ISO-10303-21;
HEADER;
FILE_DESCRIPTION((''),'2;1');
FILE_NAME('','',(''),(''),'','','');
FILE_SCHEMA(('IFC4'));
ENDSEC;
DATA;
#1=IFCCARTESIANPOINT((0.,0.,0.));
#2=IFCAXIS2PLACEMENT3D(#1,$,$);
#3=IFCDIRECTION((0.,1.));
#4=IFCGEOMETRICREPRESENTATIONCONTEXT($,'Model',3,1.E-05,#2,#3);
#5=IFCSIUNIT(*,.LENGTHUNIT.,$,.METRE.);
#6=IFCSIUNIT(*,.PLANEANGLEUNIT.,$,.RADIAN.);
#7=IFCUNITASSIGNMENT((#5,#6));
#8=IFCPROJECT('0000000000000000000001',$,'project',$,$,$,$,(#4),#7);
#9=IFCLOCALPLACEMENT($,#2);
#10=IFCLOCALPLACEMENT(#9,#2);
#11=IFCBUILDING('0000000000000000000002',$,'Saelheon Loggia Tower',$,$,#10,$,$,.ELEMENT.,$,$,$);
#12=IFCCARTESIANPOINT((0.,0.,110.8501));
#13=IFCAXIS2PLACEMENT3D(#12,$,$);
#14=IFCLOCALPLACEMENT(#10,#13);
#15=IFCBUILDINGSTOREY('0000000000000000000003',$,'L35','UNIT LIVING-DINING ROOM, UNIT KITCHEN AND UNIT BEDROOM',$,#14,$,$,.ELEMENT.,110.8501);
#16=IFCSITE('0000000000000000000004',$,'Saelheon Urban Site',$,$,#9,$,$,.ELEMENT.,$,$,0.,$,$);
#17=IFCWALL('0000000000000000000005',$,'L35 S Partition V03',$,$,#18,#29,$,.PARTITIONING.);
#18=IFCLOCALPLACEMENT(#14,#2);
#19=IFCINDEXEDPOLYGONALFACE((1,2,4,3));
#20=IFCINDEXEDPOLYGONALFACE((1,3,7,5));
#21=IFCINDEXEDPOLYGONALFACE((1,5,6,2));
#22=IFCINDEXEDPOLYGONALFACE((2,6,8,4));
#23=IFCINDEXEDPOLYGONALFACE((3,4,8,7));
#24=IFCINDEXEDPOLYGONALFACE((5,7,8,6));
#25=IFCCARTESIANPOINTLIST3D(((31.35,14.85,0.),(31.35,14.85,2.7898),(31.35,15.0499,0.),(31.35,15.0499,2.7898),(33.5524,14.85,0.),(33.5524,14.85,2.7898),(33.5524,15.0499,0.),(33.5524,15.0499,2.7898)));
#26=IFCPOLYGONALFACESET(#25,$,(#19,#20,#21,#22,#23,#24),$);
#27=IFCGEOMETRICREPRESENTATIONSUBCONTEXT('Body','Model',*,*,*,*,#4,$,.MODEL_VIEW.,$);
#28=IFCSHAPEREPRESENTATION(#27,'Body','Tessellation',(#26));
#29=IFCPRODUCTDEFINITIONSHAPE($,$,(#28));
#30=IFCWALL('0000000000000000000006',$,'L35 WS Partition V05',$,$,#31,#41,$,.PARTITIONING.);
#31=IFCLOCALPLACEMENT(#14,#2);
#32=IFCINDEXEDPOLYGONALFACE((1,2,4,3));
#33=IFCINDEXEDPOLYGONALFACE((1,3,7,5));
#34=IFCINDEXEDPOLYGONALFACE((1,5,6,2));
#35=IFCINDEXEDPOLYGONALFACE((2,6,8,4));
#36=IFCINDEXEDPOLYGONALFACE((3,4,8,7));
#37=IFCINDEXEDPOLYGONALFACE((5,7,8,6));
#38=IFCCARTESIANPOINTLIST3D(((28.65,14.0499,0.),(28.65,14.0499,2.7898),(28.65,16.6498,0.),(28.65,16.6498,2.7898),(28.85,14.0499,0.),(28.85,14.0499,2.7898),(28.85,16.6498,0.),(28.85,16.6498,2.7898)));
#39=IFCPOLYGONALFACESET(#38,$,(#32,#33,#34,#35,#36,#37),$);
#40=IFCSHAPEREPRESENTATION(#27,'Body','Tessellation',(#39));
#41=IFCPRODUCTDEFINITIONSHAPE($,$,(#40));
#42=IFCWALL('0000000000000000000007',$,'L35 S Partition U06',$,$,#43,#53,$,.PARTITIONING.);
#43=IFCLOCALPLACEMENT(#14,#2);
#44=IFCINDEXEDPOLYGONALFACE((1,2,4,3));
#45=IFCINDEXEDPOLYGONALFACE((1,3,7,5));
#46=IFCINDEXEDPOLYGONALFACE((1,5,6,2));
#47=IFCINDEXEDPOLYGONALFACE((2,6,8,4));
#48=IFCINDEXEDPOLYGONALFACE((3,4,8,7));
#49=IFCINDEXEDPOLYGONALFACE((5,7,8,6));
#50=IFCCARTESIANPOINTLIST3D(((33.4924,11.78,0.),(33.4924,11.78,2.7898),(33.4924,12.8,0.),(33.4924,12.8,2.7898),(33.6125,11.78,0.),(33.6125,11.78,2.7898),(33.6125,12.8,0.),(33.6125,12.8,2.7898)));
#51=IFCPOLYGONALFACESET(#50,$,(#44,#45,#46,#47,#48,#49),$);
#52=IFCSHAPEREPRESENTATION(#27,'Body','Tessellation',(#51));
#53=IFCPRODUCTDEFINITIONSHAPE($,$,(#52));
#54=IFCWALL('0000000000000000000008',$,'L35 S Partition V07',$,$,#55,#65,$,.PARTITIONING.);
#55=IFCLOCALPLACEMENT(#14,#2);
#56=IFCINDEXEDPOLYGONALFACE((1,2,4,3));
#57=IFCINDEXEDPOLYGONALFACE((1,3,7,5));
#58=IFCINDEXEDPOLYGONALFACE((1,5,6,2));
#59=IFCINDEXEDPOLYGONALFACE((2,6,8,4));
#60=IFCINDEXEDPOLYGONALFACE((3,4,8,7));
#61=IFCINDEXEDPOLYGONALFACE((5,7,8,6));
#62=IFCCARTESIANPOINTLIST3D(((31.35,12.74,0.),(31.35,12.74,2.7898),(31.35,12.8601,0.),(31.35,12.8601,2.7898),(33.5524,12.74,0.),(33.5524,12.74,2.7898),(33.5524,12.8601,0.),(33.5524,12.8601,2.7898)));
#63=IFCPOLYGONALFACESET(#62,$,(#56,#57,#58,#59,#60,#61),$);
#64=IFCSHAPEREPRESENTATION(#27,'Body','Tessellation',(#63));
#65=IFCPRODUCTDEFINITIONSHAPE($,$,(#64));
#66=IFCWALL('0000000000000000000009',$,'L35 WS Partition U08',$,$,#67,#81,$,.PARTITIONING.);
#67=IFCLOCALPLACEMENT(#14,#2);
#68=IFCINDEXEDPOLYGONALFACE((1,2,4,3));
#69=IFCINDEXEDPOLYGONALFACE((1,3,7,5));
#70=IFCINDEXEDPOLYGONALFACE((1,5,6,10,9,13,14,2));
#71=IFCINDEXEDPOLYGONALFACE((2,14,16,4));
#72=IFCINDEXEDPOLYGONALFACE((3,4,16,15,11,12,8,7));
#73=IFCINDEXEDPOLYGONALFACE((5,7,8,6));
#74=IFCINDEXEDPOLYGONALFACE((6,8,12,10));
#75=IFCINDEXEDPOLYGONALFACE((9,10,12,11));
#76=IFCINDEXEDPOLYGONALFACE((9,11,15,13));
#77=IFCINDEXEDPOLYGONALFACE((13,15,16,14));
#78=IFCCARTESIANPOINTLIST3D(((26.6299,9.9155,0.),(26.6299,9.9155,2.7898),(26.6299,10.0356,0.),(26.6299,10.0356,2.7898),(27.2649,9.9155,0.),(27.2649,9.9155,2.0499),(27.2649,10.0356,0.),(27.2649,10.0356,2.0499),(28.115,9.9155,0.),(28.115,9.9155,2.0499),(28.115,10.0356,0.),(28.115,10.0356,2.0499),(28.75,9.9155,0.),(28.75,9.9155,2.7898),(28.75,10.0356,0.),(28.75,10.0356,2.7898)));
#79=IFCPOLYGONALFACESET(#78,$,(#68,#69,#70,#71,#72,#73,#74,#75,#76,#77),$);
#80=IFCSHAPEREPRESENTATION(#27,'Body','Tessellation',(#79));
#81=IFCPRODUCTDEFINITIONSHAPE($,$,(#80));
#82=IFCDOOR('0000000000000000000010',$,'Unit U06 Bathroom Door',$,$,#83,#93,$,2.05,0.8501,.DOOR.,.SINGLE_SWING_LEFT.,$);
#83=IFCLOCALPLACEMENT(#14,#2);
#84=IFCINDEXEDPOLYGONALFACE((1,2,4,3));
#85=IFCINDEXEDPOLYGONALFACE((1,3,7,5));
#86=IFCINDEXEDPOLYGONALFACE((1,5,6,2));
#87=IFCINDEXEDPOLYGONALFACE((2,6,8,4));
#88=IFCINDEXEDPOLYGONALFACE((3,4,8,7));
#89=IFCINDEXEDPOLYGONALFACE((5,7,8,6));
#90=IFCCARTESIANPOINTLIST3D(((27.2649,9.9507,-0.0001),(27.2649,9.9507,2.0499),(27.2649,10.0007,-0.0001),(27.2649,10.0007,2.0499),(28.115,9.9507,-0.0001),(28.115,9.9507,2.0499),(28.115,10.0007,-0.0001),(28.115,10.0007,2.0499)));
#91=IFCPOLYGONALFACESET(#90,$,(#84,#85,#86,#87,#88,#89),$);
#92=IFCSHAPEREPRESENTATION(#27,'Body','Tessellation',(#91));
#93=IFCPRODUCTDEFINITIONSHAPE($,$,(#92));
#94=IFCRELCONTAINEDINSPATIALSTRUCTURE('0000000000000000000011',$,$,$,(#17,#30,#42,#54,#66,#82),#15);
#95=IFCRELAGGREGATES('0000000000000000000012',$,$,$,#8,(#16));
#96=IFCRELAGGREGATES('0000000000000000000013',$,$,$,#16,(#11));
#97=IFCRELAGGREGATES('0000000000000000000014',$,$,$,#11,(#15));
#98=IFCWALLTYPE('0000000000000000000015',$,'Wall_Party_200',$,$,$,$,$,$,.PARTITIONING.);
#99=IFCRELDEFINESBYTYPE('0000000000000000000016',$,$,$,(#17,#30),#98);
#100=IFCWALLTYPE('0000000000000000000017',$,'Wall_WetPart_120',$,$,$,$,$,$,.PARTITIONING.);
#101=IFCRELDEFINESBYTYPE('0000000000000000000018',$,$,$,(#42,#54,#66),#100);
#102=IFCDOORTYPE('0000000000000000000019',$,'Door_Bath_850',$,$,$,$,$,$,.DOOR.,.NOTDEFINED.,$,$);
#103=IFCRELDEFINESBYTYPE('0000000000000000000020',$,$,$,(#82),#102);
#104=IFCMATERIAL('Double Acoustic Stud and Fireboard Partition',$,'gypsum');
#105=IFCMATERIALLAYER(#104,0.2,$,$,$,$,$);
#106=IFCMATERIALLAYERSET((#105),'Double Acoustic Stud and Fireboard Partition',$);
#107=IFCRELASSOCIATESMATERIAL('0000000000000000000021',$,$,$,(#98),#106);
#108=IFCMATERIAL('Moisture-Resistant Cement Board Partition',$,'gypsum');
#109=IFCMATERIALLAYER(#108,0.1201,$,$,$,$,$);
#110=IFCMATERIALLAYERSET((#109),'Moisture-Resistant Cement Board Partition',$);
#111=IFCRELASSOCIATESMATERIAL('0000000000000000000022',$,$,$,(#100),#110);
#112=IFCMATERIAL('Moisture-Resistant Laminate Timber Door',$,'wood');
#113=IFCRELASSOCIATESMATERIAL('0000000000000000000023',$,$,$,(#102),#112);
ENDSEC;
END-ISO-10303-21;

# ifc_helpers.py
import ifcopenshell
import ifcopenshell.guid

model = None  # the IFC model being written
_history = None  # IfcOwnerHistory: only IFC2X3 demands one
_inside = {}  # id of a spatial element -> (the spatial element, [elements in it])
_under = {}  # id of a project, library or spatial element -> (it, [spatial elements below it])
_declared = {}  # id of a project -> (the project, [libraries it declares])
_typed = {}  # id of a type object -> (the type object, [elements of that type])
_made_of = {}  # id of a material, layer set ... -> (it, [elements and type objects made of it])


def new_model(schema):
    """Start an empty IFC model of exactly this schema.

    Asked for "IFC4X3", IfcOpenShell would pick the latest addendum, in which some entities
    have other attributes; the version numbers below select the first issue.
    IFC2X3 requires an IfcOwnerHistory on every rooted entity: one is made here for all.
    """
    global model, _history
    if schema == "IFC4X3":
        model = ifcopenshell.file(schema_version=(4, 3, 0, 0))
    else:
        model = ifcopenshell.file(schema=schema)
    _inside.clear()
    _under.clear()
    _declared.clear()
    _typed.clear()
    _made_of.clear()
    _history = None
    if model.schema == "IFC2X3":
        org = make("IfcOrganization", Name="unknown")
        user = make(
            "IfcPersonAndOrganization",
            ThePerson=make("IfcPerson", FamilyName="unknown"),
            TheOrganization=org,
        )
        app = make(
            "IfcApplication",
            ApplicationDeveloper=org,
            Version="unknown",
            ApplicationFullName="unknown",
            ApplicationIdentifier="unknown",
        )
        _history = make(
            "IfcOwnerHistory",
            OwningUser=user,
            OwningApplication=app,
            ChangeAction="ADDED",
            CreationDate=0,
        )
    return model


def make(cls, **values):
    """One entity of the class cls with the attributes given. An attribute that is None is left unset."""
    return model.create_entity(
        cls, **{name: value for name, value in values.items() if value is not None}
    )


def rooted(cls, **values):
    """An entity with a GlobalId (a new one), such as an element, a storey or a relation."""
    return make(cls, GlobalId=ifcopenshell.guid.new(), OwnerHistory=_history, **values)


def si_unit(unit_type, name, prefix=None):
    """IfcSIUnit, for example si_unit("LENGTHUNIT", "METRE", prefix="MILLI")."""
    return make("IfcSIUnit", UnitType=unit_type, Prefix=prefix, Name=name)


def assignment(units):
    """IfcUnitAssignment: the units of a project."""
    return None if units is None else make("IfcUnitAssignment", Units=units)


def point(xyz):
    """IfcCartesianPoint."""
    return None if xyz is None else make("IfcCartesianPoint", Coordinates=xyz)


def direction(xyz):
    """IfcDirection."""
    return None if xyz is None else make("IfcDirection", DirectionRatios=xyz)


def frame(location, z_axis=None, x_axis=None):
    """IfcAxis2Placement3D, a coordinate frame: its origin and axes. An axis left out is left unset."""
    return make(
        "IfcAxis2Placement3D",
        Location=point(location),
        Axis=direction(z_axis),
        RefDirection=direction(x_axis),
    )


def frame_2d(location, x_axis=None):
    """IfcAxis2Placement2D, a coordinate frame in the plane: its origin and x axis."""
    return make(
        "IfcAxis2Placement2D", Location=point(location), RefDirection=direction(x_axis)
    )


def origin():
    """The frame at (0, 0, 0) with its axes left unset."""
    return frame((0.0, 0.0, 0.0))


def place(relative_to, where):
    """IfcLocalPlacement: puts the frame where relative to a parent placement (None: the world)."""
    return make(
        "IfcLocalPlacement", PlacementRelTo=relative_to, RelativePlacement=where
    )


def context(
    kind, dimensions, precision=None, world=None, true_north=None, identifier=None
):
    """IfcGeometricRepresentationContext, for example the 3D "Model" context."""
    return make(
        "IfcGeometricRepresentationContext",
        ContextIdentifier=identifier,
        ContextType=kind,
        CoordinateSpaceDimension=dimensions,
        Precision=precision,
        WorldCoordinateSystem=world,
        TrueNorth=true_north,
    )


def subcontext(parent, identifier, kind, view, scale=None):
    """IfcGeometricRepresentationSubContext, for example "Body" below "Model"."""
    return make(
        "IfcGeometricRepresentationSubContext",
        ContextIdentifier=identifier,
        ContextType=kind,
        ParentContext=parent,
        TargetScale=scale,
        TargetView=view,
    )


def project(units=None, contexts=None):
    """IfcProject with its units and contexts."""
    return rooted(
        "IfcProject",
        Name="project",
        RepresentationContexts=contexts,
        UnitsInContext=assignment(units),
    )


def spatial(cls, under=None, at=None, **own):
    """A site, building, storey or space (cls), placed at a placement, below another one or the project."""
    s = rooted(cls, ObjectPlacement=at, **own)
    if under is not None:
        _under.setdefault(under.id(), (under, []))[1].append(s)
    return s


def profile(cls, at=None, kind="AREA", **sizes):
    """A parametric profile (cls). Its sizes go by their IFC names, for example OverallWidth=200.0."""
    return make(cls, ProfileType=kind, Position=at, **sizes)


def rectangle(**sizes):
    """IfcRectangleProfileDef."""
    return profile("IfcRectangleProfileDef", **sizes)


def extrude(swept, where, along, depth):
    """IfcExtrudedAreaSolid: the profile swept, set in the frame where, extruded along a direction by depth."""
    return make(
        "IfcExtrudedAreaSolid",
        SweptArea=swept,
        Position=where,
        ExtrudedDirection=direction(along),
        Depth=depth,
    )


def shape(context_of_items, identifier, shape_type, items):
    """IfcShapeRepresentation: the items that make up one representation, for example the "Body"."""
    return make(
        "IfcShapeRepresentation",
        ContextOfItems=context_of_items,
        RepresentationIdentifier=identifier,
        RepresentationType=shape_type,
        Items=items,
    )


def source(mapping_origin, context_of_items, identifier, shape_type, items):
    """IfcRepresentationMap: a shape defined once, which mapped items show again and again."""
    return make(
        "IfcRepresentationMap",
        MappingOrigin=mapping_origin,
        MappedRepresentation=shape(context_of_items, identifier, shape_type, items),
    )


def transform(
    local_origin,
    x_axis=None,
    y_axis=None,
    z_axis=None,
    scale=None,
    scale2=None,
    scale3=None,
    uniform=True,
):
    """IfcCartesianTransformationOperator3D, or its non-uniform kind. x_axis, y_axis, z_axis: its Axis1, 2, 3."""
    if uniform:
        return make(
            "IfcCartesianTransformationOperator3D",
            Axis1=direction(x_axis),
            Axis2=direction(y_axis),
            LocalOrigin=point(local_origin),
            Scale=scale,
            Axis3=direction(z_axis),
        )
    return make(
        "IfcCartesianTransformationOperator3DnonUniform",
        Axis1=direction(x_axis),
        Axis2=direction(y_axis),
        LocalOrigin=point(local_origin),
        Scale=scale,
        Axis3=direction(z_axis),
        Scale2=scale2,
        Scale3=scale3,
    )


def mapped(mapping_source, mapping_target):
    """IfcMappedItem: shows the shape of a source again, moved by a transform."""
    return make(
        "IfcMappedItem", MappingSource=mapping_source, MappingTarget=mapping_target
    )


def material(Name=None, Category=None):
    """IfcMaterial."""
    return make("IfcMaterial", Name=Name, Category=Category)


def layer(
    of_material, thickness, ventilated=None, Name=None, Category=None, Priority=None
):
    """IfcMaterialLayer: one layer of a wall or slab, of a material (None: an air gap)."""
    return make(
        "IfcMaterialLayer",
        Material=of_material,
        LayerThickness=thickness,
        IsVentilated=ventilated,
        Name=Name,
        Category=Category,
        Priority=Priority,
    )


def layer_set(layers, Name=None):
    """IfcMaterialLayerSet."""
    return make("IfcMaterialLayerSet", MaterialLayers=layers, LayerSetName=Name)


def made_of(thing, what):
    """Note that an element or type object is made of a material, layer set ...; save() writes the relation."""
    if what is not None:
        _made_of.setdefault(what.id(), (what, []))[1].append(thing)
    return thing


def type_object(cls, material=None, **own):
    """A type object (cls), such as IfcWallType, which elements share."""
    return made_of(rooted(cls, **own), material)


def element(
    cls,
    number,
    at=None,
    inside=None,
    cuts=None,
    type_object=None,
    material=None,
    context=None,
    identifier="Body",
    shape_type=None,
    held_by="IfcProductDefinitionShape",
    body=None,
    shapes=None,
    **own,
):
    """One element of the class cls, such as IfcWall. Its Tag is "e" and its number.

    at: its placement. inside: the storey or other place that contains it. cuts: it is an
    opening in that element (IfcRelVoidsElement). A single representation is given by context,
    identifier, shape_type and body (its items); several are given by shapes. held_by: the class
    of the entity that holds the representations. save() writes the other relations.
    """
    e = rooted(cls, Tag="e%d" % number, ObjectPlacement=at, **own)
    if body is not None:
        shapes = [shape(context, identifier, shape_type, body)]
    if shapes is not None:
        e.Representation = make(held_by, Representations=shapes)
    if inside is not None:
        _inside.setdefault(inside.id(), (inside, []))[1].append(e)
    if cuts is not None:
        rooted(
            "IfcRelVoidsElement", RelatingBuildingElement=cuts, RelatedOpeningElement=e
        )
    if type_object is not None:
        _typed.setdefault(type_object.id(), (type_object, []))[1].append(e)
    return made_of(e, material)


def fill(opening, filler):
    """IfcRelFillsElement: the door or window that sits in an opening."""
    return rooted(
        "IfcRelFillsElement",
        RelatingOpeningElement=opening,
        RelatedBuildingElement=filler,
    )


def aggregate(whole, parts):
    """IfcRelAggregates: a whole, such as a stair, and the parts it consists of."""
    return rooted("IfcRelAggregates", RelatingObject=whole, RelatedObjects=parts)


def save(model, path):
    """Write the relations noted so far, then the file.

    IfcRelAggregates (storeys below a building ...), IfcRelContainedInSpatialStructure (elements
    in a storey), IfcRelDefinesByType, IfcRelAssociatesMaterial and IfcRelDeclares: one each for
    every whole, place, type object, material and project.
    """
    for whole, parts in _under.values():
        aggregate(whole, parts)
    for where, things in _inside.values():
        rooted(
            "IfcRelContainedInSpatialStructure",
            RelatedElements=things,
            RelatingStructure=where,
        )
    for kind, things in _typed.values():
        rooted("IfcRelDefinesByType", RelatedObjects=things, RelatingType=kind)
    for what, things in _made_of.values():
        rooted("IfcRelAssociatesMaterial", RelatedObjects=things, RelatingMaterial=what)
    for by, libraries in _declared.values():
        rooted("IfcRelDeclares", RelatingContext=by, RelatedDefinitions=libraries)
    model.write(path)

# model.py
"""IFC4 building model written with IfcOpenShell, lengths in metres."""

from ifc_helpers import new_model, si_unit, direction, frame, frame_2d, origin, place, context, subcontext, project, spatial, rectangle, extrude, source, transform, mapped, material, layer, layer_set, type_object, element, fill, save


model = new_model("IFC4")

# Units and contexts
model_context = context("Model", 3, precision=1e-05, world=origin(), true_north=direction((0.0, 1.0)))
body_context = subcontext(model_context, "Body", "Model", "MODEL_VIEW")
ifc_project = project(units=[si_unit("LENGTHUNIT", "METRE"), si_unit("PLANEANGLEUNIT", "RADIAN")], contexts=[model_context])

# Site, building, storey
site_placement = place(None, origin())
site = spatial("IfcSite", under=ifc_project, at=site_placement, Name="Saelheon Urban Site", CompositionType="ELEMENT", RefElevation=0.0)
building_placement = place(site_placement, origin())
building = spatial("IfcBuilding", under=site, at=building_placement, Name="Saelheon Loggia Tower", CompositionType="ELEMENT")
storey_placement = place(building_placement, frame((0.0, 0.0, 110.8501)))
storey = spatial("IfcBuildingStorey", under=building, at=storey_placement, Name="L35", Description="UNIT LIVING-DINING ROOM, UNIT KITCHEN AND UNIT BEDROOM", CompositionType="ELEMENT", Elevation=110.8501)

# Wall
ifc_material_1 = material(Name="Double Acoustic Stud and Fireboard Partition", Category="gypsum")
ifc_layer_1 = layer(ifc_material_1, 0.2)
ifc_layer_set_1 = layer_set([ifc_layer_1], Name="Double Acoustic Stud and Fireboard Partition")
wall_type_1 = type_object("IfcWallType", Name="Wall_Party_200", PredefinedType="PARTITIONING", material=ifc_layer_set_1)
wall_1_placement = place(storey_placement, frame((31.3501, 14.95, 0.0), z_axis=(0.0, 0.0, 1.0), x_axis=(1.0, 0.0, 0.0)))
element("IfcWall", 1, at=wall_1_placement, inside=storey, type_object=wall_type_1, Name="L35 S Partition V03", PredefinedType="PARTITIONING", context=body_context, shape_type="SweptSolid", body=[
    extrude(rectangle(XDim=2.2024, YDim=0.2, at=frame_2d((1.1011, 0.0))), origin(), (0.0, 0.0, 1.0), 2.7898),
])

# Walls
wall_2_placement = place(storey_placement, frame((28.75, 14.05, 0.0), z_axis=(0.0, 0.0, 1.0), x_axis=(0.0, 1.0, 0.0)))
element("IfcWall", 2, at=wall_2_placement, inside=storey, type_object=wall_type_1, Name="L35 WS Partition V05", PredefinedType="PARTITIONING", context=body_context, shape_type="SweptSolid", body=[
    extrude(rectangle(XDim=2.5999, YDim=0.2, at=frame_2d((1.2998, 0.0))), origin(), (0.0, 0.0, 1.0), 2.7898),
])
ifc_material_2 = material(Name="Moisture-Resistant Cement Board Partition", Category="gypsum")
ifc_layer_2 = layer(ifc_material_2, 0.1201)
ifc_layer_set_2 = layer_set([ifc_layer_2], Name="Moisture-Resistant Cement Board Partition")
wall_type_2 = type_object("IfcWallType", Name="Wall_WetPart_120", PredefinedType="PARTITIONING", material=ifc_layer_set_2)
wall_3_placement = place(storey_placement, frame((33.5525, 12.8, 0.0), z_axis=(0.0, 0.0, 1.0), x_axis=(0.0, -1.0, 0.0)))
element("IfcWall", 3, at=wall_3_placement, inside=storey, type_object=wall_type_2, Name="L35 S Partition U06", PredefinedType="PARTITIONING", context=body_context, shape_type="SweptSolid", body=[
    extrude(rectangle(XDim=1.02, YDim=0.1201, at=frame_2d((0.51, 0.0))), origin(), (0.0, 0.0, 1.0), 2.7898),
])
wall_4_placement = place(storey_placement, frame((31.3501, 12.8, 0.0), z_axis=(0.0, 0.0, 1.0), x_axis=(1.0, 0.0, 0.0)))
element("IfcWall", 4, at=wall_4_placement, inside=storey, type_object=wall_type_2, Name="L35 S Partition V07", PredefinedType="PARTITIONING", context=body_context, shape_type="SweptSolid", body=[
    extrude(rectangle(XDim=2.2024, YDim=0.1201, at=frame_2d((1.1011, 0.0))), origin(), (0.0, 0.0, 1.0), 2.7898),
])

# Wall, opening, door
wall_5_placement = place(storey_placement, frame((28.75, 9.9756, 0.0), z_axis=(0.0, 0.0, 1.0), x_axis=(-1.0, 0.0, 0.0)))
wall_5 = element("IfcWall", 5, at=wall_5_placement, inside=storey, type_object=wall_type_2, Name="L35 WS Partition U08", PredefinedType="PARTITIONING", context=body_context, shape_type="SweptSolid", body=[
    extrude(rectangle(XDim=2.1201, YDim=0.1201, at=frame_2d((1.0601, 0.0))), origin(), (0.0, 0.0, 1.0), 2.7898),
])
opening_1_placement = place(wall_5_placement, frame((0.635, 0.0, 0.0)))
opening_1 = element("IfcOpeningElement", 6, at=opening_1_placement, cuts=wall_5, PredefinedType="OPENING", context=body_context, shape_type="SweptSolid", body=[
    extrude(rectangle(XDim=0.8501, YDim=2.05, at=frame_2d((0.425, 1.0249))), frame((0.0, 0.072, 0.0), z_axis=(0.0, -1.0, 0.0), x_axis=(1.0, 0.0, 0.0)), (0.0, 0.0, 1.0), 0.144),
])
ifc_material_3 = material(Name="Moisture-Resistant Laminate Timber Door", Category="wood")
door_type_1 = type_object("IfcDoorType", Name="Door_Bath_850", OperationType="NOTDEFINED", PredefinedType="DOOR", material=ifc_material_3)
shared_shape_1 = source(origin(), body_context, "Body", "SweptSolid", [
    extrude(rectangle(XDim=0.8501, YDim=2.05, at=frame_2d((0.425, 1.0249))), frame((0.0, 0.0249, 0.0), z_axis=(0.0, -1.0, 0.0), x_axis=(1.0, 0.0, 0.0)), (0.0, 0.0, 1.0), 0.05),
])
door_1_placement = place(opening_1_placement, origin())
door_1 = element("IfcDoor", 7, at=door_1_placement, inside=storey, type_object=door_type_1, Name="Unit U06 Bathroom Door", OperationType="SINGLE_SWING_LEFT", OverallHeight=2.05, OverallWidth=0.8501, PredefinedType="DOOR", context=body_context, shape_type="MappedRepresentation", body=[
    mapped(shared_shape_1, transform((0.0, 0.0, 0.0), scale=1.0)),
])
fill(opening_1, door_1)

save(model, "model.ifc")
